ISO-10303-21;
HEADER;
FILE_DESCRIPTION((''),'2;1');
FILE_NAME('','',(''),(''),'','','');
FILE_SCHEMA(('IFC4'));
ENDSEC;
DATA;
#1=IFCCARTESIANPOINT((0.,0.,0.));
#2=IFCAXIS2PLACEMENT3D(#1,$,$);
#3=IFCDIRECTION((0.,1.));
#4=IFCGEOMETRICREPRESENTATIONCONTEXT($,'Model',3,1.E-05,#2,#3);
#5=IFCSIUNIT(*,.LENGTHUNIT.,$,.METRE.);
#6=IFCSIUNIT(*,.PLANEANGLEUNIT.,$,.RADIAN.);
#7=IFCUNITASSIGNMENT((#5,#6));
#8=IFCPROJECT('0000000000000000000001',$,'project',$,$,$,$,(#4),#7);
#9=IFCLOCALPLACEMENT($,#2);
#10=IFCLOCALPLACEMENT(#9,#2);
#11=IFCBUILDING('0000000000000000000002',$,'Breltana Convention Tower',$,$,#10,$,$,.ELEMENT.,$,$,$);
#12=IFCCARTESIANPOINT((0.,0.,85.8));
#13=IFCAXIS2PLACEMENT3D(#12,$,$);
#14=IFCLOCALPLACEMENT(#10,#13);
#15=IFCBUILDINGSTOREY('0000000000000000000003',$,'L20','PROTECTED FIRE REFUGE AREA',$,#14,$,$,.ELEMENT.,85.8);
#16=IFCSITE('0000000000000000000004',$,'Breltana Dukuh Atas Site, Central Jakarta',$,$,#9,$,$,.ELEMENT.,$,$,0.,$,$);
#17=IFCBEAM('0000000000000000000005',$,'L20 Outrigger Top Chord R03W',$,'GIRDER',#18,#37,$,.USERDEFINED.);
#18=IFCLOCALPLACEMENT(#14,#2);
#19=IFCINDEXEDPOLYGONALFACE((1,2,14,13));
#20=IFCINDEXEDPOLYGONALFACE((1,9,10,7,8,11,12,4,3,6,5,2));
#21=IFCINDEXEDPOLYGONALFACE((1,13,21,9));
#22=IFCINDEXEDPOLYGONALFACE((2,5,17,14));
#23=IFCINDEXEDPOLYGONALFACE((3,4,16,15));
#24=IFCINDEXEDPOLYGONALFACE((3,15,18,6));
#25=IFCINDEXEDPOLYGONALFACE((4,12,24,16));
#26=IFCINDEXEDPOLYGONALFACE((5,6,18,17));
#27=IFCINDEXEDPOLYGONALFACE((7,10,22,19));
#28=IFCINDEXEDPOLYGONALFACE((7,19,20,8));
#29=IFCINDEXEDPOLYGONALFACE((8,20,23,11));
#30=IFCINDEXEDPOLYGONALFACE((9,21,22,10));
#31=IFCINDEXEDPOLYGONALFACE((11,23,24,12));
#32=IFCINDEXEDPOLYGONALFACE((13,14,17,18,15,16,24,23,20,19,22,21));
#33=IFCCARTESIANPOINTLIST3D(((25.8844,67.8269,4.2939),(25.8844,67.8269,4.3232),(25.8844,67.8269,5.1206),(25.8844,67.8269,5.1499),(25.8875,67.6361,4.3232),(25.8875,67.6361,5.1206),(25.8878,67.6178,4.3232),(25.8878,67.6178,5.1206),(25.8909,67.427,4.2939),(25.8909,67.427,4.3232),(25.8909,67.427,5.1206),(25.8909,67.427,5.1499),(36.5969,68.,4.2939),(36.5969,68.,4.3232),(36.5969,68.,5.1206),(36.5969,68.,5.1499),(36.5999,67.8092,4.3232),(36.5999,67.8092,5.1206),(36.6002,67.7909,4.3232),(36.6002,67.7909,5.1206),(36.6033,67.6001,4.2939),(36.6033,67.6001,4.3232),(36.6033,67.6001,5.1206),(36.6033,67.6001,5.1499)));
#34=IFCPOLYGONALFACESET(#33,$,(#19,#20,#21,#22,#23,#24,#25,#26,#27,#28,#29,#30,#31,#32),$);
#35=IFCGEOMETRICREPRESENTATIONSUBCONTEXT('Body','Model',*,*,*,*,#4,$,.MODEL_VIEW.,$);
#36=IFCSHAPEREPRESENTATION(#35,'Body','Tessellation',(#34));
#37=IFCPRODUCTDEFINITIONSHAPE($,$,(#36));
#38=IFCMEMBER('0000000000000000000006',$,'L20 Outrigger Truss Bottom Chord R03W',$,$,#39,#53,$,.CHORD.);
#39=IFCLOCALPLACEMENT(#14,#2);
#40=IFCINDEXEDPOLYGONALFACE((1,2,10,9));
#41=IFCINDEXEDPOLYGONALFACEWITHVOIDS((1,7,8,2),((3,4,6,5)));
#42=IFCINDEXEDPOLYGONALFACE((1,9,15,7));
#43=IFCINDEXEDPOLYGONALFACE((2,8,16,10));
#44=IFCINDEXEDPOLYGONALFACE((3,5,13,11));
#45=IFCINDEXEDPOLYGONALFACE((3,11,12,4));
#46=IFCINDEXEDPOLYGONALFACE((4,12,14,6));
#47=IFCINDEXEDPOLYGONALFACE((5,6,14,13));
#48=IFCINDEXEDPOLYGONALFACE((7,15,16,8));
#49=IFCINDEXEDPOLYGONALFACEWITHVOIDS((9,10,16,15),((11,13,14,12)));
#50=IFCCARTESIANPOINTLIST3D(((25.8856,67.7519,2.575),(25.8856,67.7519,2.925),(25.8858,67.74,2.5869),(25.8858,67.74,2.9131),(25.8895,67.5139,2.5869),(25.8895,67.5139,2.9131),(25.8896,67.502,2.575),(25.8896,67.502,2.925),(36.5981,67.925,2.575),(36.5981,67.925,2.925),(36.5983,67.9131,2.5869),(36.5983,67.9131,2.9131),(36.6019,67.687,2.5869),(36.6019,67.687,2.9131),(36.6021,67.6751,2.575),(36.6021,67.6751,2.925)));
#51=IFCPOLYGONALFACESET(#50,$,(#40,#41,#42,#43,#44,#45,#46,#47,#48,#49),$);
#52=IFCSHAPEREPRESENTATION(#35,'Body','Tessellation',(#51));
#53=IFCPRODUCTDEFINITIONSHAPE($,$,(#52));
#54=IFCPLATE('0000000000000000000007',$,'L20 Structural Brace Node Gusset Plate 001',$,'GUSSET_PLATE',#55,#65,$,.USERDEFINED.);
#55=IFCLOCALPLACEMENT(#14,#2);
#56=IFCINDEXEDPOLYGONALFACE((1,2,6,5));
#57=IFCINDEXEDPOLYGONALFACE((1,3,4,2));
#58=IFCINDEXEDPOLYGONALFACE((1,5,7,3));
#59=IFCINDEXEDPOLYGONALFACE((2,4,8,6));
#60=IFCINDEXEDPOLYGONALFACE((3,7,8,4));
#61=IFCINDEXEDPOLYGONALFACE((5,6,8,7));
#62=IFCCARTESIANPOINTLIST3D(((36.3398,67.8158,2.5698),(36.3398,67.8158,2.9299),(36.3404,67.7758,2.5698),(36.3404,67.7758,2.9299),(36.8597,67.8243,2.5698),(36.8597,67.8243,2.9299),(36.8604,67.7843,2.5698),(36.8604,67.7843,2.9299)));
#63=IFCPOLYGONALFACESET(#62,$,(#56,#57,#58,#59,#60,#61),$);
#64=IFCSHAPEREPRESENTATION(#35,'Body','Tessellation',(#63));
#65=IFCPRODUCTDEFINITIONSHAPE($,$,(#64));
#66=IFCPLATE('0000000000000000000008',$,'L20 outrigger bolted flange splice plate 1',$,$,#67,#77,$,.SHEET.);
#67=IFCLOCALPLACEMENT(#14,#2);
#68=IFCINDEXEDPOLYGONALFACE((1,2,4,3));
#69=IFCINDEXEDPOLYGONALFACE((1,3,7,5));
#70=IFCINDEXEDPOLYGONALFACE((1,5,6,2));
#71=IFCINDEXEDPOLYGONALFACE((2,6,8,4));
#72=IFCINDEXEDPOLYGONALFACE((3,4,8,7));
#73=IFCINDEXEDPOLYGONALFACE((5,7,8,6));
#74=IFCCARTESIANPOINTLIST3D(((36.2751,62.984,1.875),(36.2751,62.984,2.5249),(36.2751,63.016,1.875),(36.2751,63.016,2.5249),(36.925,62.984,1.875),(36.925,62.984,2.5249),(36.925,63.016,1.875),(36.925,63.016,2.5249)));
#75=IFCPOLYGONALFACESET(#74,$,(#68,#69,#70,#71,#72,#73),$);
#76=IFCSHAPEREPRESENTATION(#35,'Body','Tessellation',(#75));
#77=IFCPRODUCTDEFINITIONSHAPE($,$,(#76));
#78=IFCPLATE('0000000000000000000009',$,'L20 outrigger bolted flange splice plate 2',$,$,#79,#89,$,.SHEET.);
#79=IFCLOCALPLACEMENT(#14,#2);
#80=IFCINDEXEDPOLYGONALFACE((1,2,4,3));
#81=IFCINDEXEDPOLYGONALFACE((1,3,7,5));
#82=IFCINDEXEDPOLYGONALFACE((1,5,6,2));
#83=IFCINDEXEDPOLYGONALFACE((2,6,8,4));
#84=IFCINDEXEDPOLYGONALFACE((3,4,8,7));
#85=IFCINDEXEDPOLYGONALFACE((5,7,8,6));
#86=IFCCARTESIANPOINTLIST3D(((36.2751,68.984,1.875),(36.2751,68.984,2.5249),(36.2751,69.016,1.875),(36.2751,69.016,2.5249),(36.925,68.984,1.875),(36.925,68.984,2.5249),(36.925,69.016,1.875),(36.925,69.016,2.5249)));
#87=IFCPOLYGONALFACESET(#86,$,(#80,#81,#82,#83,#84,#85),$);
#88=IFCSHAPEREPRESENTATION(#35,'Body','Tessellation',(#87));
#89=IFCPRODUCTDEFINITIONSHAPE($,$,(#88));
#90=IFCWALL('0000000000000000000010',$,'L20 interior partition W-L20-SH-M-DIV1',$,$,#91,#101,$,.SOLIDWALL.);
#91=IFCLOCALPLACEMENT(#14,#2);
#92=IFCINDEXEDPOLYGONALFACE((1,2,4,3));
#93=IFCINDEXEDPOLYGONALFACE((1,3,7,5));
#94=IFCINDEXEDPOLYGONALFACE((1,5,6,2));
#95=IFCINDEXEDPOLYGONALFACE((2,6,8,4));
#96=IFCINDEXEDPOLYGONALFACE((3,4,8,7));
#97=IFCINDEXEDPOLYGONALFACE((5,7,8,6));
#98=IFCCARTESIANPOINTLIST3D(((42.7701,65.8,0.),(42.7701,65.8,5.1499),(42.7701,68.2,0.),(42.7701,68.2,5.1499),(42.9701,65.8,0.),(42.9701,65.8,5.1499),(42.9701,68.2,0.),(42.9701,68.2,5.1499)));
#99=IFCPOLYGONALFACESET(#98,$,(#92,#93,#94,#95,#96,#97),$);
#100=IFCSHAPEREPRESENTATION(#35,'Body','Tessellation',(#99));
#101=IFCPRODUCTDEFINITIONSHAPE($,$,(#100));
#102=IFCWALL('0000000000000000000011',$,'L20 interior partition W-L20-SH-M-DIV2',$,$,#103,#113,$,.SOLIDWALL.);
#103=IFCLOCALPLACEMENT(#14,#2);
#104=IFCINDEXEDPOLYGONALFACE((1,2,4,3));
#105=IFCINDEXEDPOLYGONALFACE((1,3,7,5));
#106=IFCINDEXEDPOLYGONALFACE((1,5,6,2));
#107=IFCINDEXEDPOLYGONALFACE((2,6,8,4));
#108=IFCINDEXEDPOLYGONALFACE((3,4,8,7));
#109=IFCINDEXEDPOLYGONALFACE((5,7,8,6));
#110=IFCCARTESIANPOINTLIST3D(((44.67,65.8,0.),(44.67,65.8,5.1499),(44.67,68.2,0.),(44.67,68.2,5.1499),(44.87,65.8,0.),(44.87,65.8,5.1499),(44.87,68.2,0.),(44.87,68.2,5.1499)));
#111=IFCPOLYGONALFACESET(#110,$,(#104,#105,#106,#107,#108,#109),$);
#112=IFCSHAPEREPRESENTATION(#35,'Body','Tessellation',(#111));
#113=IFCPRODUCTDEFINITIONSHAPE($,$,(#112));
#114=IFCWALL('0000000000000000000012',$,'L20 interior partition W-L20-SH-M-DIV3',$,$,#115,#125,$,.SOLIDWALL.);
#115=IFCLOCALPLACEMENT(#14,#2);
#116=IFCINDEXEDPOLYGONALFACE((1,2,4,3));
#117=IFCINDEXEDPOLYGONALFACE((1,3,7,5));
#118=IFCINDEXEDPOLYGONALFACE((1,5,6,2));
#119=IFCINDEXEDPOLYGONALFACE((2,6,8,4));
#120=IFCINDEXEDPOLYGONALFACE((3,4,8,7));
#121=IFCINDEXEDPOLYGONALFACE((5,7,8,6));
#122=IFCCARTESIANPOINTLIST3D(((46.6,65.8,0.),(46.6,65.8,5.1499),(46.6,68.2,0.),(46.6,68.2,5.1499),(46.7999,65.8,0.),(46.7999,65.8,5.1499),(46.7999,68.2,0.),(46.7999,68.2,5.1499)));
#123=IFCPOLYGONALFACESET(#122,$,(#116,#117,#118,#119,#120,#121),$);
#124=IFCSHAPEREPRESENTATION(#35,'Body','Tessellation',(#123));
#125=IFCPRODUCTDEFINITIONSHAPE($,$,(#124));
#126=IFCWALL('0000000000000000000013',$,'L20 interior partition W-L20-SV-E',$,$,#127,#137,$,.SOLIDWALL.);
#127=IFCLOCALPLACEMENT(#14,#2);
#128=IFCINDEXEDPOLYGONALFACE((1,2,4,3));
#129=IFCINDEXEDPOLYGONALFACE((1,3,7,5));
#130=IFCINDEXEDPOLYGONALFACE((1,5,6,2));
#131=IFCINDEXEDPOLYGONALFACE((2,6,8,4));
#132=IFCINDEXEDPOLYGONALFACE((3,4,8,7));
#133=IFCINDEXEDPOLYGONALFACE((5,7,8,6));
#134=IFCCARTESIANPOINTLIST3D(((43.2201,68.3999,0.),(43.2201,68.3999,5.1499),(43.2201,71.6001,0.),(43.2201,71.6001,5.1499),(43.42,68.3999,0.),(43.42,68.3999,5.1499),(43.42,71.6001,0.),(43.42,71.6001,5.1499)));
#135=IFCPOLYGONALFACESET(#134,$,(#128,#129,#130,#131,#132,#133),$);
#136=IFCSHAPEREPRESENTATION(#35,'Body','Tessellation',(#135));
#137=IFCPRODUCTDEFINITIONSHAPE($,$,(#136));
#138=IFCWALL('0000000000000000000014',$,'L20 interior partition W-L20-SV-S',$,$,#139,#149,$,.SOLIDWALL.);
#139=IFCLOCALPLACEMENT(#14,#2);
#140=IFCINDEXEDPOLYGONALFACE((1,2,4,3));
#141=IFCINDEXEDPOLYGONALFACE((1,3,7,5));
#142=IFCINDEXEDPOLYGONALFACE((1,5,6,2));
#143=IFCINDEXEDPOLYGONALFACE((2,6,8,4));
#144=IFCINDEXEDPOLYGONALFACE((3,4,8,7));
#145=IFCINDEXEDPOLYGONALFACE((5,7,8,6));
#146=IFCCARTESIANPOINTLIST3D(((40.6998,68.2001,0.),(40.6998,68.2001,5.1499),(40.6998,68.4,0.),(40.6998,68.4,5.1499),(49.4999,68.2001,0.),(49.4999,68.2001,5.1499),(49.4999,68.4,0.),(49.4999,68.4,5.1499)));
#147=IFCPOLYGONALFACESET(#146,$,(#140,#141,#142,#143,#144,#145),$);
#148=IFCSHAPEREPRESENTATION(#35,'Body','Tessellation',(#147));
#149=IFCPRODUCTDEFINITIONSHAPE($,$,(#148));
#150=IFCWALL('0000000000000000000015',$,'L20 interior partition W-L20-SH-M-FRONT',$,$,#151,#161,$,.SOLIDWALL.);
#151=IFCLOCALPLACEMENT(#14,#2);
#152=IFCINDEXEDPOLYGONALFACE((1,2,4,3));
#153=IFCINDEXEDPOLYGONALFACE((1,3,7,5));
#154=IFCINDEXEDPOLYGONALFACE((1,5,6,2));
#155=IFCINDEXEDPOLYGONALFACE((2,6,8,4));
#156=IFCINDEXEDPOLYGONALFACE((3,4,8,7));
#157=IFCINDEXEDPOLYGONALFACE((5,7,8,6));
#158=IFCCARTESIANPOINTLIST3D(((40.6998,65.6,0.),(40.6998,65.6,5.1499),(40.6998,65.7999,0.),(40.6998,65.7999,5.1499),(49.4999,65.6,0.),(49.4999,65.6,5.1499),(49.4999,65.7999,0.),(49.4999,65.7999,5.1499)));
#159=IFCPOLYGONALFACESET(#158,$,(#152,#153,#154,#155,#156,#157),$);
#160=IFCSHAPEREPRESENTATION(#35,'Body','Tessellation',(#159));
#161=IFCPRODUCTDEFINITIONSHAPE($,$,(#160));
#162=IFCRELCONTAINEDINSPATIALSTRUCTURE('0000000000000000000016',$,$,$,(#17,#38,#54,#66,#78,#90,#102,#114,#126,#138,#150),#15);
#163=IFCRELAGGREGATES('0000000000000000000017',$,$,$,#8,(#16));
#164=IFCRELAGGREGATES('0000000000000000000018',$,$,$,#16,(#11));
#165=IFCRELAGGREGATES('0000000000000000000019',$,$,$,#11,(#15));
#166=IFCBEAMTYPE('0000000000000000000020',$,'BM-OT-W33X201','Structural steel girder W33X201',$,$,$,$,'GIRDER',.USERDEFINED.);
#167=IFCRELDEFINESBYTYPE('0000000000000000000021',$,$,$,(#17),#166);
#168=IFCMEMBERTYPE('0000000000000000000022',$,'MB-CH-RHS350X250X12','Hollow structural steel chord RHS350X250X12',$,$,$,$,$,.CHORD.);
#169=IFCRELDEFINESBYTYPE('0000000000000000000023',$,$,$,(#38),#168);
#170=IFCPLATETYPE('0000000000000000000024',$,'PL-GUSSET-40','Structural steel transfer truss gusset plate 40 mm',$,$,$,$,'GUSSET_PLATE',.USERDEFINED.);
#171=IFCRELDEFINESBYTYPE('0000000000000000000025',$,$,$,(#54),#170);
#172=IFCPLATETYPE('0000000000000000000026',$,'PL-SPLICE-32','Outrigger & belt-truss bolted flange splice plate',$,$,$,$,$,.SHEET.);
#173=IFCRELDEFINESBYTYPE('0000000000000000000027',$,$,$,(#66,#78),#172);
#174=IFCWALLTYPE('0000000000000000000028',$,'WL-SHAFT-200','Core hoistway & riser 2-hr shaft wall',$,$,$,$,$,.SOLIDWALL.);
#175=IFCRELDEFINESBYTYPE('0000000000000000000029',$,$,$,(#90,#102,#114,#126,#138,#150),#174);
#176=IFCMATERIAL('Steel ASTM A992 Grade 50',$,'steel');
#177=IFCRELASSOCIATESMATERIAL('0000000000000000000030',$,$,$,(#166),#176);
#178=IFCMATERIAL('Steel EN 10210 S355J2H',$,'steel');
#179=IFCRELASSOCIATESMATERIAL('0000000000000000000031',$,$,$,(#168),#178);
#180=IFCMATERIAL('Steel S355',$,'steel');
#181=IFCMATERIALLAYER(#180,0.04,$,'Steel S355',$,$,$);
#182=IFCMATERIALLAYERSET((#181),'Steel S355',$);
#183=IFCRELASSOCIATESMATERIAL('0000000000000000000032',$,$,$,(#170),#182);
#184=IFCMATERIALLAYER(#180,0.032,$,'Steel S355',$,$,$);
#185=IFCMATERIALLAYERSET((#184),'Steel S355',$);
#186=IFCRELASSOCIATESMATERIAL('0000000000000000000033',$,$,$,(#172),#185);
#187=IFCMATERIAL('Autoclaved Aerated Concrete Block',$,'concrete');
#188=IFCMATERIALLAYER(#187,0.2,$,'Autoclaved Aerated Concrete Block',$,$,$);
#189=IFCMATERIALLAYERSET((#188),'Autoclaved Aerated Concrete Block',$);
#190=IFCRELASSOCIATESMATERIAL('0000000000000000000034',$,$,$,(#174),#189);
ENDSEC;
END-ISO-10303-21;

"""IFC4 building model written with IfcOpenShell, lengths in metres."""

from ifc_helpers import new_model, si_unit, direction, frame, frame_2d, origin, origin_2d, place, context, subcontext, project, spatial, rectangle, hollow_rectangle, i_section, extrude, source, transform, mapped, material, layer, layer_set, material_profile, profile_set, type_object, type_shapes, element, save


model = new_model("IFC4")

# Units and contexts
model_context = context("Model", 3, precision=1e-05, world=origin(), true_north=direction((0.0, 1.0)))
body_context = subcontext(model_context, "Body", "Model", "MODEL_VIEW")
ifc_project = project(units=[si_unit("LENGTHUNIT", "METRE"), si_unit("PLANEANGLEUNIT", "RADIAN")], contexts=[model_context])

# Site, building, storey
site_placement = place(None, origin())
site = spatial("IfcSite", under=ifc_project, at=site_placement, Name="Breltana Dukuh Atas Site, Central Jakarta", CompositionType="ELEMENT", RefElevation=0.0)
building_placement = place(site_placement, origin())
building = spatial("IfcBuilding", under=site, at=building_placement, Name="Breltana Convention Tower", CompositionType="ELEMENT")
storey_placement = place(building_placement, frame((0.0, 0.0, 85.8)))
storey = spatial("IfcBuildingStorey", under=building, at=storey_placement, Name="L20", Description="PROTECTED FIRE REFUGE AREA", CompositionType="ELEMENT", Elevation=85.8)

# Beam
ifc_material_1 = material(Name="Steel ASTM A992 Grade 50", Category="steel")
ifc_material_profile_1 = material_profile(ifc_material_1, i_section(OverallWidth=0.3999, OverallDepth=0.856, WebThickness=0.0183, FlangeThickness=0.0293, at=origin_2d()), Name="W33X201")
ifc_profile_set_1 = profile_set([ifc_material_profile_1], Name="Steel ASTM A992 Grade 50")
beam_type = type_object("IfcBeamType", Name="BM-OT-W33X201", Description="Structural steel girder W33X201", ElementType="GIRDER", PredefinedType="USERDEFINED", material=ifc_profile_set_1)
shared_shape_1 = source(origin(), body_context, "Body", "SweptSolid", [
    extrude(i_section(OverallWidth=0.3999, OverallDepth=0.856, WebThickness=0.0183, FlangeThickness=0.0293, at=origin_2d()), origin(), (0.0, 0.0, 1.0), 10.7139),
])
type_shapes(beam_type, [shared_shape_1])
beam_placement = place(storey_placement, frame((36.6001, 67.8, 4.7219), z_axis=(-0.999869, -0.016156, 0.0), x_axis=(0.016156, -0.999869, 0.0)))
element("IfcBeam", 1, at=beam_placement, inside=storey, type_object=beam_type, Name="L20 Outrigger Top Chord R03W", ObjectType="GIRDER", PredefinedType="USERDEFINED", context=body_context, shape_type="MappedRepresentation", body=[
    mapped(shared_shape_1, transform((0.0, 0.0, 0.0), scale=1.0)),
])

# Member
ifc_material_2 = material(Name="Steel EN 10210 S355J2H", Category="steel")
ifc_material_profile_2 = material_profile(ifc_material_2, hollow_rectangle(XDim=0.25, YDim=0.3501, WallThickness=0.012, at=origin_2d()), Name="RHS350X250X12")
ifc_profile_set_2 = profile_set([ifc_material_profile_2], Name="Steel EN 10210 S355J2H")
member_type = type_object("IfcMemberType", Name="MB-CH-RHS350X250X12", Description="Hollow structural steel chord RHS350X250X12", PredefinedType="CHORD", material=ifc_profile_set_2)
shared_shape_2 = source(origin(), body_context, "Body", "SweptSolid", [
    extrude(hollow_rectangle(XDim=0.25, YDim=0.3501, WallThickness=0.012, at=origin_2d()), origin(), (0.0, 0.0, 1.0), 10.7139),
])
type_shapes(member_type, [shared_shape_2])
member_placement = place(storey_placement, frame((36.6001, 67.8, 2.75), z_axis=(-0.999869, -0.016156, 0.0), x_axis=(0.016156, -0.999869, 0.0)))
element("IfcMember", 2, at=member_placement, inside=storey, type_object=member_type, Name="L20 Outrigger Truss Bottom Chord R03W", PredefinedType="CHORD", context=body_context, shape_type="MappedRepresentation", body=[
    mapped(shared_shape_2, transform((0.0, 0.0, 0.0), scale=1.0)),
])

# Plates
ifc_material_3 = material(Name="Steel S355", Category="steel")
ifc_layer_1 = layer(ifc_material_3, 0.04, Name="Steel S355")
ifc_layer_set_1 = layer_set([ifc_layer_1], Name="Steel S355")
plate_type_1 = type_object("IfcPlateType", Name="PL-GUSSET-40", Description="Structural steel transfer truss gusset plate 40 mm", ElementType="GUSSET_PLATE", PredefinedType="USERDEFINED", material=ifc_layer_set_1)
shared_shape_3 = source(origin(), body_context, "Body", "SweptSolid", [
    extrude(rectangle(XDim=0.52, YDim=0.04, at=origin_2d()), origin(), (0.0, 0.0, 1.0), 0.3601),
])
plate_placement = place(storey_placement, frame((36.6001, 67.8, 2.5698), z_axis=(0.0, 0.0, 1.0), x_axis=(-0.999868, -0.016231, 0.0)))
element("IfcPlate", 3, at=plate_placement, inside=storey, type_object=plate_type_1, Name="L20 Structural Brace Node Gusset Plate 001", ObjectType="GUSSET_PLATE", PredefinedType="USERDEFINED", context=body_context, shape_type="MappedRepresentation", body=[
    mapped(shared_shape_3, transform((0.0, 0.0, 0.0), scale=1.0)),
])
ifc_layer_2 = layer(ifc_material_3, 0.032, Name="Steel S355")
ifc_layer_set_2 = layer_set([ifc_layer_2], Name="Steel S355")
plate_type_2 = type_object("IfcPlateType", Name="PL-SPLICE-32", Description="Outrigger & belt-truss bolted flange splice plate", PredefinedType="SHEET", material=ifc_layer_set_2)
shared_shape_4 = source(origin(), body_context, "Body", "SweptSolid", [
    extrude(rectangle(XDim=0.6499, YDim=0.032, at=origin_2d()), origin(), (0.0, 0.0, 1.0), 0.6499),
])
type_shapes(plate_type_2, [shared_shape_4])
for number, where, z_axis, x_axis, name in (
    (4, (36.6001, 63.0, 1.875), (0.0, 0.0, 1.0), (1.0, 0.0, 0.0), "L20 outrigger bolted flange splice plate 1"),
    (5, (36.6001, 69.0, 1.875), (0.0, 0.0, 1.0), (1.0, 0.0, 0.0), "L20 outrigger bolted flange splice plate 2"),
):
    element("IfcPlate", number, at=place(storey_placement, frame(where, z_axis=z_axis, x_axis=x_axis)), inside=storey, type_object=plate_type_2, Name=name, PredefinedType="SHEET", context=body_context, shape_type="MappedRepresentation", body=[
        mapped(shared_shape_4, transform((0.0, 0.0, 0.0), scale=1.0)),
    ])

# Walls
ifc_material_4 = material(Name="Autoclaved Aerated Concrete Block", Category="concrete")
ifc_layer_3 = layer(ifc_material_4, 0.2, Name="Autoclaved Aerated Concrete Block")
ifc_layer_set_3 = layer_set([ifc_layer_3], Name="Autoclaved Aerated Concrete Block")
wall_type = type_object("IfcWallType", Name="WL-SHAFT-200", Description="Core hoistway & riser 2-hr shaft wall", PredefinedType="SOLIDWALL", material=ifc_layer_set_3)
shared_shape_5 = source(origin(), body_context, "Body", "SweptSolid", [
    extrude(rectangle(XDim=2.3999, YDim=0.2, at=frame_2d((1.2, 0.0))), origin(), (0.0, 0.0, 1.0), 5.1499),
])
for number, where, z_axis, x_axis, name in (
    (6, (42.8701, 65.8, 0.0), (0.0, 0.0, 1.0), (0.0, 1.0, 0.0), "L20 interior partition W-L20-SH-M-DIV1"),
    (7, (44.77, 65.8, 0.0), (0.0, 0.0, 1.0), (0.0, 1.0, 0.0), "L20 interior partition W-L20-SH-M-DIV2"),
    (8, (46.7, 65.8, 0.0), (0.0, 0.0, 1.0), (0.0, 1.0, 0.0), "L20 interior partition W-L20-SH-M-DIV3"),
):
    element("IfcWall", number, at=place(storey_placement, frame(where, z_axis=z_axis, x_axis=x_axis)), inside=storey, type_object=wall_type, Name=name, PredefinedType="SOLIDWALL", context=body_context, shape_type="MappedRepresentation", body=[
        mapped(shared_shape_5, transform((0.0, 0.0, 0.0), scale=1.0)),
    ])
shared_shape_6 = source(origin(), body_context, "Body", "SweptSolid", [
    extrude(rectangle(XDim=3.2002, YDim=0.2, at=frame_2d((1.6001, 0.0))), origin(), (0.0, 0.0, 1.0), 5.1499),
])
wall_1_placement = place(storey_placement, frame((43.3201, 68.3999, 0.0), z_axis=(0.0, 0.0, 1.0), x_axis=(0.0, 1.0, 0.0)))
element("IfcWall", 9, at=wall_1_placement, inside=storey, type_object=wall_type, Name="L20 interior partition W-L20-SV-E", PredefinedType="SOLIDWALL", context=body_context, shape_type="MappedRepresentation", body=[
    mapped(shared_shape_6, transform((0.0, 0.0, 0.0), scale=1.0)),
])
shared_shape_7 = source(origin(), body_context, "Body", "SweptSolid", [
    extrude(rectangle(XDim=8.8, YDim=0.2, at=frame_2d((4.3999, 0.0))), origin(), (0.0, 0.0, 1.0), 5.1499),
])
for number, where, z_axis, x_axis, name in (
    (10, (40.7, 68.3, 0.0), (0.0, 0.0, 1.0), (1.0, 0.0, 0.0), "L20 interior partition W-L20-SV-S"),
    (11, (40.7, 65.7, 0.0), (0.0, 0.0, 1.0), (1.0, 0.0, 0.0), "L20 interior partition W-L20-SH-M-FRONT"),
):
    element("IfcWall", number, at=place(storey_placement, frame(where, z_axis=z_axis, x_axis=x_axis)), inside=storey, type_object=wall_type, Name=name, PredefinedType="SOLIDWALL", context=body_context, shape_type="MappedRepresentation", body=[
        mapped(shared_shape_7, transform((0.0, 0.0, 0.0), scale=1.0)),
    ])

save(model, "model.ifc")
